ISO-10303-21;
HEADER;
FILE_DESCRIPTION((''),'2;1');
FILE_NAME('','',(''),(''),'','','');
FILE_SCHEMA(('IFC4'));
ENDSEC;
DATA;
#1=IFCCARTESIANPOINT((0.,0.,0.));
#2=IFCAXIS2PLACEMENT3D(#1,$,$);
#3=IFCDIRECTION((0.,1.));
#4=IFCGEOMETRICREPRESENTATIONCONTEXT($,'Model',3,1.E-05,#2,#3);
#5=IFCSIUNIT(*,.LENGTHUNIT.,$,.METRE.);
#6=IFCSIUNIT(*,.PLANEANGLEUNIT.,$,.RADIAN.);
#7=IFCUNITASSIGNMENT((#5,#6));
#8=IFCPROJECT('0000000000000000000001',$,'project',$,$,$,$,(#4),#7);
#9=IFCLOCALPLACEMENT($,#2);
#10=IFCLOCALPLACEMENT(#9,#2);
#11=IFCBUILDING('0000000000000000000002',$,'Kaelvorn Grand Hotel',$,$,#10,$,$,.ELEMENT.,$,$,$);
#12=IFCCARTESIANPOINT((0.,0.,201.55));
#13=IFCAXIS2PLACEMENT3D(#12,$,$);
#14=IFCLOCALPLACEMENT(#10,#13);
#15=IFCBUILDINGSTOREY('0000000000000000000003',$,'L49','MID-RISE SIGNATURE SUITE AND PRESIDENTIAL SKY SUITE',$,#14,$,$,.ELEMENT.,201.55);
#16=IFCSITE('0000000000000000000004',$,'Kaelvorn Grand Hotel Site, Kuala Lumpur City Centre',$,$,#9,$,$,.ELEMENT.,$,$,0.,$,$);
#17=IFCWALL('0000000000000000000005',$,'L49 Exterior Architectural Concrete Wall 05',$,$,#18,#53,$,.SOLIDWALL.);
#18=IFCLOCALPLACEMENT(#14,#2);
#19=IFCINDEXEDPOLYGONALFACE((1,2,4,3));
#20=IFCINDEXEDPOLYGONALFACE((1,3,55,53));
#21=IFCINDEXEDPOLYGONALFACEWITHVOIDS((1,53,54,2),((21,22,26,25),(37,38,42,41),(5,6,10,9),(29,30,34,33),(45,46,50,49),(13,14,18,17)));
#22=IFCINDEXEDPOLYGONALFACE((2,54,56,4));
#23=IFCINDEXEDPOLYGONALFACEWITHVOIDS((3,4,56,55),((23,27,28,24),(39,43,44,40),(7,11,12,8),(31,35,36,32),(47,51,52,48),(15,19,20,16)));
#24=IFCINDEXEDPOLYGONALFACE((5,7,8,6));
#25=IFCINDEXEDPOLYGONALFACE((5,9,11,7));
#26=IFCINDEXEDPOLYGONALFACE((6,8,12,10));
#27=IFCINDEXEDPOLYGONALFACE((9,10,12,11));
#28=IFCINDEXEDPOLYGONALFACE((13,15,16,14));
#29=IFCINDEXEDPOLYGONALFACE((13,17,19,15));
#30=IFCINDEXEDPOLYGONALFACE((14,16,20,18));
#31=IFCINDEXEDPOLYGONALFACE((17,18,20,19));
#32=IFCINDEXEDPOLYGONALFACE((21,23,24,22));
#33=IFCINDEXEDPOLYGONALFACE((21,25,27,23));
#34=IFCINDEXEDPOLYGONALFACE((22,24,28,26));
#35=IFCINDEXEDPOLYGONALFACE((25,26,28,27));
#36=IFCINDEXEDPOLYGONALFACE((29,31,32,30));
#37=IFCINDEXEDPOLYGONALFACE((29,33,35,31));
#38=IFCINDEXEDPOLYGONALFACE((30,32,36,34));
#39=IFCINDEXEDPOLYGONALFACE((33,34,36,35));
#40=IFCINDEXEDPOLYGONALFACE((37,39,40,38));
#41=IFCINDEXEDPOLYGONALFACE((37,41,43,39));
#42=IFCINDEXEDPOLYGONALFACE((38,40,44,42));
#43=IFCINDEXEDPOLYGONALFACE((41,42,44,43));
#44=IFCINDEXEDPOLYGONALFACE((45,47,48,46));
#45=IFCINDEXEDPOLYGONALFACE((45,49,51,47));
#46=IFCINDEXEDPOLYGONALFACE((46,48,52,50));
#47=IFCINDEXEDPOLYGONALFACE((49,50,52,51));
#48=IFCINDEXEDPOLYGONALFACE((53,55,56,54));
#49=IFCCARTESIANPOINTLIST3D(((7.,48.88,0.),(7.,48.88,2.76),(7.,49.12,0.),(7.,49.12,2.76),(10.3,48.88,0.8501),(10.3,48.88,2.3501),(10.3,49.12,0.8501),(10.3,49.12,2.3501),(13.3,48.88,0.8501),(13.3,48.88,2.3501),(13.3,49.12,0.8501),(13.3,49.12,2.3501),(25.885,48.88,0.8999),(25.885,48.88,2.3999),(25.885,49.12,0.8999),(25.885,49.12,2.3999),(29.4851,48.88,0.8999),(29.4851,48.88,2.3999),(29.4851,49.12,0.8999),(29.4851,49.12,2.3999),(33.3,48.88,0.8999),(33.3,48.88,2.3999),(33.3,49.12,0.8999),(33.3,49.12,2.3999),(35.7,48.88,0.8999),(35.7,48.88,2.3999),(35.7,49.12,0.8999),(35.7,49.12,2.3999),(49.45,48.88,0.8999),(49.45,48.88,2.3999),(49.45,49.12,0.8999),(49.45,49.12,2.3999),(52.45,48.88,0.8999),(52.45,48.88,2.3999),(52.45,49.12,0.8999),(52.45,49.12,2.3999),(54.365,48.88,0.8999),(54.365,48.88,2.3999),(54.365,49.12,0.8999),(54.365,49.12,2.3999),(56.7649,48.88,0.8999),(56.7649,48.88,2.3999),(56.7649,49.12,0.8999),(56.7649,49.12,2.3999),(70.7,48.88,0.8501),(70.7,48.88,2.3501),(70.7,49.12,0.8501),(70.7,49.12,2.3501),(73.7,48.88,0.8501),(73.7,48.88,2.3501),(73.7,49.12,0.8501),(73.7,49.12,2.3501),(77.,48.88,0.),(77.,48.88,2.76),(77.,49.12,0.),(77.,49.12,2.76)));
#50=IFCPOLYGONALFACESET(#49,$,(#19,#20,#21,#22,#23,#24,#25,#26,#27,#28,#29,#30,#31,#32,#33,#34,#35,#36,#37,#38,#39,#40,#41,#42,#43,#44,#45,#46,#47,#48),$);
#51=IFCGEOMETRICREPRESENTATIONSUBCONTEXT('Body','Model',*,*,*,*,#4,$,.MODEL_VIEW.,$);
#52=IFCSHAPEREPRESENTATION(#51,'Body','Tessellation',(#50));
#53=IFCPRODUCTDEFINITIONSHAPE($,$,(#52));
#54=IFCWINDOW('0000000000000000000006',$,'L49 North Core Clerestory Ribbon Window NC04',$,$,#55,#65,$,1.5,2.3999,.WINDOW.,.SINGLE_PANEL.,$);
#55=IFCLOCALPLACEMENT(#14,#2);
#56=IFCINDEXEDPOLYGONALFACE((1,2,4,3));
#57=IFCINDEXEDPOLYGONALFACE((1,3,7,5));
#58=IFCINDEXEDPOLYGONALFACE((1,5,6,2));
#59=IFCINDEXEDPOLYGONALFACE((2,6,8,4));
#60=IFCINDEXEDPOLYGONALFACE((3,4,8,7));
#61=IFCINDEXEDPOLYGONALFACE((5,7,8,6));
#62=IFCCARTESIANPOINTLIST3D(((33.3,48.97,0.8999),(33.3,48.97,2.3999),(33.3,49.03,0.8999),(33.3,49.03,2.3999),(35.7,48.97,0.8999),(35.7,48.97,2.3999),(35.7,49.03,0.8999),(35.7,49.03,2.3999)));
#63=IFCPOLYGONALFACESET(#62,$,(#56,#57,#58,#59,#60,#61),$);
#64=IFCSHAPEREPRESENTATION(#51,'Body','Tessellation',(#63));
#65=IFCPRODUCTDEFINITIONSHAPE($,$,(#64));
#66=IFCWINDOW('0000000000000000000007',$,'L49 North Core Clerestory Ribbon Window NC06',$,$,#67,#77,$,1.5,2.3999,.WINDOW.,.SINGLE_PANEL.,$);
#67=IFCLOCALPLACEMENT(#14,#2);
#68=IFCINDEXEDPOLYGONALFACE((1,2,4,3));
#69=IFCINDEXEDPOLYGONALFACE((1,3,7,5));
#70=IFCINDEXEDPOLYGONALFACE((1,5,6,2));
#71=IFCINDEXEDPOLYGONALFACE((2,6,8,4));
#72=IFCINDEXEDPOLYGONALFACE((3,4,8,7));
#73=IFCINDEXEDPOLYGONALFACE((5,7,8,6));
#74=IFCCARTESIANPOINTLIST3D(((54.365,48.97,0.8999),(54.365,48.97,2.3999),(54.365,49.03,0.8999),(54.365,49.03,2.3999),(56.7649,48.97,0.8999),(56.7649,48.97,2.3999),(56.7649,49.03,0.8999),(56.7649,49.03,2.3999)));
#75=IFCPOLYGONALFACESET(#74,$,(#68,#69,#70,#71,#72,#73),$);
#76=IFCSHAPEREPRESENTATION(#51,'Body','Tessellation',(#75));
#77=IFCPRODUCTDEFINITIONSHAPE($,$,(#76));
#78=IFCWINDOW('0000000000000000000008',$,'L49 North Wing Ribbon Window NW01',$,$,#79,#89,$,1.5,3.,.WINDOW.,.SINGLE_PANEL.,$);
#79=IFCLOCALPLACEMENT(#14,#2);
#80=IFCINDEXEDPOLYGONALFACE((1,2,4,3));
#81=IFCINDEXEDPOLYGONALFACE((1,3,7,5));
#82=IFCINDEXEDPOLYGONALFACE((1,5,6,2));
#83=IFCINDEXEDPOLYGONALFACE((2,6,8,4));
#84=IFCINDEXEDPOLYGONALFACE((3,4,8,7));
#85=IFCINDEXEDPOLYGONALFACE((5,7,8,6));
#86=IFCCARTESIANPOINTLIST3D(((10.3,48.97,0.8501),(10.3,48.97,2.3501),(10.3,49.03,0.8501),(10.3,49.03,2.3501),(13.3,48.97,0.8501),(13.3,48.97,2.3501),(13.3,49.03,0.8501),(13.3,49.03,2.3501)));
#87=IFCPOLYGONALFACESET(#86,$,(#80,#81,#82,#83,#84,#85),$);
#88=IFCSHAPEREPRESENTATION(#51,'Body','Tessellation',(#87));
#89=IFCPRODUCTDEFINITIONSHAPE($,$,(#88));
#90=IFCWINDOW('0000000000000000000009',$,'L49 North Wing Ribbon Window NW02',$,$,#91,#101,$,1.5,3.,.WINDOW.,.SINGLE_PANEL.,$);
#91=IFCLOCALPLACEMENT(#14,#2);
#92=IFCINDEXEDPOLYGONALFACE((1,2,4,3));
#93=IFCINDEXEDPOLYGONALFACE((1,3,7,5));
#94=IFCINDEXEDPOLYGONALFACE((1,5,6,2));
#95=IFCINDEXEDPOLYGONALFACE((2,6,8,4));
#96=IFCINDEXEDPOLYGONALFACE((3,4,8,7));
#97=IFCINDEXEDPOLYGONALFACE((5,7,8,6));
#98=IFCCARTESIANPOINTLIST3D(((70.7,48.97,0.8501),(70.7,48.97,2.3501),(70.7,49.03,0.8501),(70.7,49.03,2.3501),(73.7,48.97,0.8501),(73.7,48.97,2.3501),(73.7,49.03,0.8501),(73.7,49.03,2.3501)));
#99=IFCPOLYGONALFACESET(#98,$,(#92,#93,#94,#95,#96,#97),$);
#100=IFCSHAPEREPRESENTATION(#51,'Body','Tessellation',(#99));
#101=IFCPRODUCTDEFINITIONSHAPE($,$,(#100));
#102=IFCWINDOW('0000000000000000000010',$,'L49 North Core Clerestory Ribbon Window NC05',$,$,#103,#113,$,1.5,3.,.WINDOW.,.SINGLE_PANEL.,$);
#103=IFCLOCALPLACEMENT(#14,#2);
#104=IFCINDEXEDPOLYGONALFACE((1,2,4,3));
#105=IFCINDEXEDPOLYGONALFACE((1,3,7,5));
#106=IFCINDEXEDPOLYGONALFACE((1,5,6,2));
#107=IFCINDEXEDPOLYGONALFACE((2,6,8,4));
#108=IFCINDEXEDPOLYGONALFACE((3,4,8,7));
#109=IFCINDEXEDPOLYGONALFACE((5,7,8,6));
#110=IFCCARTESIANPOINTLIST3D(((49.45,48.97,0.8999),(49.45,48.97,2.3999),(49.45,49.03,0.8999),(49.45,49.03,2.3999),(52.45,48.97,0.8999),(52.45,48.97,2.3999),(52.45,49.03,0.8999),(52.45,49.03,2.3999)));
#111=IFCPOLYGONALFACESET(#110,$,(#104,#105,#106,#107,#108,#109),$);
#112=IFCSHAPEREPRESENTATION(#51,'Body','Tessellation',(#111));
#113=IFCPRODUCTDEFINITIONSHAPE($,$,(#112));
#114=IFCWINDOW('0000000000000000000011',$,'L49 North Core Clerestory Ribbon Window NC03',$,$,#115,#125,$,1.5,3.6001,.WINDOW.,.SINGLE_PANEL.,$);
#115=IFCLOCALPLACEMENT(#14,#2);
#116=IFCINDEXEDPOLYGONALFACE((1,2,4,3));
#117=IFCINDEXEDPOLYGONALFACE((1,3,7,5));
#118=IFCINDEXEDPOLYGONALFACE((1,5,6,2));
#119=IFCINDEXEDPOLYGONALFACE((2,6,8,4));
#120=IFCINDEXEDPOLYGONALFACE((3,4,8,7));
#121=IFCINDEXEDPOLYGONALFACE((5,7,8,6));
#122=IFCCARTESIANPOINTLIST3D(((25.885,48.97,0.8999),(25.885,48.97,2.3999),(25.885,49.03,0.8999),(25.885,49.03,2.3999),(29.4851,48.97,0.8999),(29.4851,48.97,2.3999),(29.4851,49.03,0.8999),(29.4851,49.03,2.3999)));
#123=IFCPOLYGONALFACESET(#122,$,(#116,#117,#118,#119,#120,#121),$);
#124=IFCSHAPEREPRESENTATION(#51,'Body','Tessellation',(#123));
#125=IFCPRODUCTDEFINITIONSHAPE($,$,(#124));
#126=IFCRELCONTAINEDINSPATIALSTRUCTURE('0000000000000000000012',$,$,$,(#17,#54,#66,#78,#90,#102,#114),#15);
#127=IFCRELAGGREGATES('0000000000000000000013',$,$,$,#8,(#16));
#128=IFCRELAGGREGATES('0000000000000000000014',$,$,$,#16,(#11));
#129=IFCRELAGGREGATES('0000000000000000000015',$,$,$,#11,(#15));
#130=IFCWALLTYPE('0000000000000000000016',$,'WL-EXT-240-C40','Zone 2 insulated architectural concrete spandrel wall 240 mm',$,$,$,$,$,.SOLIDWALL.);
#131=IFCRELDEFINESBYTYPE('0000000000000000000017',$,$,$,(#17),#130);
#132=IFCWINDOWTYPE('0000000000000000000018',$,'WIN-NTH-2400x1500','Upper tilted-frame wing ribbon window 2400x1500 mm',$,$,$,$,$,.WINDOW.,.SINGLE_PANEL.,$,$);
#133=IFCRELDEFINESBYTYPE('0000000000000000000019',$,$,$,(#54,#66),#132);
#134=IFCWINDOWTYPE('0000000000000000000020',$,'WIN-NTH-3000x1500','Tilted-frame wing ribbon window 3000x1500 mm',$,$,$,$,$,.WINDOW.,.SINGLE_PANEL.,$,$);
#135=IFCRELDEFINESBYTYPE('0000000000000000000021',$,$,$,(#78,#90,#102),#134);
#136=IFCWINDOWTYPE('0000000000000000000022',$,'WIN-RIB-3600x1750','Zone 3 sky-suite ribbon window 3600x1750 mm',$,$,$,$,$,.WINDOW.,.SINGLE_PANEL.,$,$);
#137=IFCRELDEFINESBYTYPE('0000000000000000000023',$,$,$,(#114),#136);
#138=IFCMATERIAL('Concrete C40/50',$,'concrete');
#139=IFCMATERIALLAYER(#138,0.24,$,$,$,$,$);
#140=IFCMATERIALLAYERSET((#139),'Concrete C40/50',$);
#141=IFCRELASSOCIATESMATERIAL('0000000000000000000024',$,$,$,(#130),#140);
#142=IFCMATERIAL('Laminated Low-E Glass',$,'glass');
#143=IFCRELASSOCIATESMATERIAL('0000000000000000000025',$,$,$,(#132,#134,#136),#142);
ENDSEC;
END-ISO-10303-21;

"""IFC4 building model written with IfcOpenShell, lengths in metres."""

from ifc_helpers import new_model, si_unit, direction, frame, frame_2d, origin, place, context, subcontext, project, spatial, rectangle, extrude, material, layer, layer_set, type_object, element, fill, save


model = new_model("IFC4")

# Units and contexts
model_context = context("Model", 3, precision=1e-05, world=origin(), true_north=direction((0.0, 1.0)))
body_context = subcontext(model_context, "Body", "Model", "MODEL_VIEW")
ifc_project = project(units=[si_unit("LENGTHUNIT", "METRE"), si_unit("PLANEANGLEUNIT", "RADIAN")], contexts=[model_context])

# Site, building, storey
site_placement = place(None, origin())
site = spatial("IfcSite", under=ifc_project, at=site_placement, Name="Kaelvorn Grand Hotel Site, Kuala Lumpur City Centre", CompositionType="ELEMENT", RefElevation=0.0)
building_placement = place(site_placement, origin())
building = spatial("IfcBuilding", under=site, at=building_placement, Name="Kaelvorn Grand Hotel", CompositionType="ELEMENT")
storey_placement = place(building_placement, frame((0.0, 0.0, 201.55)))
storey = spatial("IfcBuildingStorey", under=building, at=storey_placement, Name="L49", Description="MID-RISE SIGNATURE SUITE AND PRESIDENTIAL SKY SUITE", CompositionType="ELEMENT", Elevation=201.55)

# Shared definitions
ifc_material_1 = material(Name="Concrete C40/50", Category="concrete")
ifc_layer_1 = layer(ifc_material_1, 0.24)
ifc_layer_set_1 = layer_set([ifc_layer_1], Name="Concrete C40/50")
wall_type = type_object("IfcWallType", Name="WL-EXT-240-C40", Description="Zone 2 insulated architectural concrete spandrel wall 240 mm", PredefinedType="SOLIDWALL", material=ifc_layer_set_1)
ifc_material_2 = material(Name="Laminated Low-E Glass", Category="glass")

# Wall, openings, windows
wall_1_placement = place(storey_placement, frame((77.0, 49.0, 0.0), z_axis=(0.0, 0.0, 1.0), x_axis=(-1.0, 0.0, 0.0)))
wall_1 = element("IfcWall", 1, at=wall_1_placement, inside=storey, type_object=wall_type, Name="L49 Exterior Architectural Concrete Wall 05", PredefinedType="SOLIDWALL", context=body_context, shape_type="SweptSolid", body=[
    extrude(rectangle(XDim=70.0, YDim=0.24, at=frame_2d((35.0, 0.0))), origin(), (0.0, 0.0, 1.0), 2.76),
])
opening_1_placement = place(wall_1_placement, frame((63.7, 0.0, 0.8501)))
opening_1 = element("IfcOpeningElement", 2, at=opening_1_placement, cuts=wall_1, PredefinedType="OPENING", context=body_context, shape_type="SweptSolid", body=[
    extrude(rectangle(XDim=3.0, YDim=1.5, at=frame_2d((1.5, 0.75))), frame((0.0, 0.1299, 0.0), z_axis=(0.0, -1.0, 0.0), x_axis=(1.0, 0.0, 0.0)), (0.0, 0.0, 1.0), 0.26),
])
opening_2_placement = place(wall_1_placement, frame((3.3, 0.0, 0.8501)))
opening_2 = element("IfcOpeningElement", 3, at=opening_2_placement, cuts=wall_1, PredefinedType="OPENING", context=body_context, shape_type="SweptSolid", body=[
    extrude(rectangle(XDim=3.0, YDim=1.5, at=frame_2d((1.5, 0.75))), frame((0.0, 0.1299, 0.0), z_axis=(0.0, -1.0, 0.0), x_axis=(1.0, 0.0, 0.0)), (0.0, 0.0, 1.0), 0.26),
])
opening_3_placement = place(wall_1_placement, frame((47.5149, 0.0, 0.8999)))
opening_3 = element("IfcOpeningElement", 4, at=opening_3_placement, cuts=wall_1, PredefinedType="OPENING", context=body_context, shape_type="SweptSolid", body=[
    extrude(rectangle(XDim=3.6001, YDim=1.5, at=frame_2d((1.8, 0.75))), frame((0.0, 0.1299, 0.0), z_axis=(0.0, -1.0, 0.0), x_axis=(1.0, 0.0, 0.0)), (0.0, 0.0, 1.0), 0.26),
])
opening_4_placement = place(wall_1_placement, frame((41.3, 0.0, 0.8999)))
opening_4 = element("IfcOpeningElement", 5, at=opening_4_placement, cuts=wall_1, PredefinedType="OPENING", context=body_context, shape_type="SweptSolid", body=[
    extrude(rectangle(XDim=2.3999, YDim=1.5, at=frame_2d((1.2, 0.75))), frame((0.0, 0.1299, 0.0), z_axis=(0.0, -1.0, 0.0), x_axis=(1.0, 0.0, 0.0)), (0.0, 0.0, 1.0), 0.26),
])
opening_5_placement = place(wall_1_placement, frame((24.55, 0.0, 0.8999)))
opening_5 = element("IfcOpeningElement", 6, at=opening_5_placement, cuts=wall_1, PredefinedType="OPENING", context=body_context, shape_type="SweptSolid", body=[
    extrude(rectangle(XDim=3.0, YDim=1.5, at=frame_2d((1.5, 0.75))), frame((0.0, 0.1299, 0.0), z_axis=(0.0, -1.0, 0.0), x_axis=(1.0, 0.0, 0.0)), (0.0, 0.0, 1.0), 0.26),
])
opening_6_placement = place(wall_1_placement, frame((20.2351, 0.0, 0.8999)))
opening_6 = element("IfcOpeningElement", 7, at=opening_6_placement, cuts=wall_1, PredefinedType="OPENING", context=body_context, shape_type="SweptSolid", body=[
    extrude(rectangle(XDim=2.3999, YDim=1.5, at=frame_2d((1.2, 0.75))), frame((0.0, 0.1299, 0.0), z_axis=(0.0, -1.0, 0.0), x_axis=(1.0, 0.0, 0.0)), (0.0, 0.0, 1.0), 0.26),
])
window_type_1 = type_object("IfcWindowType", Name="WIN-NTH-2400x1500", Description="Upper tilted-frame wing ribbon window 2400x1500 mm", PartitioningType="SINGLE_PANEL", PredefinedType="WINDOW", material=ifc_material_2)
window_1_placement = place(opening_4_placement, origin())
window_1 = element("IfcWindow", 8, at=window_1_placement, inside=storey, type_object=window_type_1, Name="L49 North Core Clerestory Ribbon Window NC04", OverallHeight=1.5, OverallWidth=2.3999, PartitioningType="SINGLE_PANEL", PredefinedType="WINDOW", context=body_context, shape_type="SweptSolid", body=[
    extrude(rectangle(XDim=2.3999, YDim=1.5, at=frame_2d((1.2, 0.75))), frame((0.0, 0.03, 0.0), z_axis=(0.0, -1.0, 0.0), x_axis=(1.0, 0.0, 0.0)), (0.0, 0.0, 1.0), 0.0601),
])
fill(opening_4, window_1)
window_2_placement = place(opening_6_placement, origin())
window_2 = element("IfcWindow", 9, at=window_2_placement, inside=storey, type_object=window_type_1, Name="L49 North Core Clerestory Ribbon Window NC06", OverallHeight=1.5, OverallWidth=2.3999, PartitioningType="SINGLE_PANEL", PredefinedType="WINDOW", context=body_context, shape_type="SweptSolid", body=[
    extrude(rectangle(XDim=2.3999, YDim=1.5, at=frame_2d((1.2, 0.75))), frame((0.0, 0.03, 0.0), z_axis=(0.0, -1.0, 0.0), x_axis=(1.0, 0.0, 0.0)), (0.0, 0.0, 1.0), 0.0601),
])
fill(opening_6, window_2)
window_type_2 = type_object("IfcWindowType", Name="WIN-NTH-3000x1500", Description="Tilted-frame wing ribbon window 3000x1500 mm", PartitioningType="SINGLE_PANEL", PredefinedType="WINDOW", material=ifc_material_2)
window_3_placement = place(opening_1_placement, origin())
window_3 = element("IfcWindow", 10, at=window_3_placement, inside=storey, type_object=window_type_2, Name="L49 North Wing Ribbon Window NW01", OverallHeight=1.5, OverallWidth=3.0, PartitioningType="SINGLE_PANEL", PredefinedType="WINDOW", context=body_context, shape_type="SweptSolid", body=[
    extrude(rectangle(XDim=3.0, YDim=1.5, at=frame_2d((1.5, 0.75))), frame((0.0, 0.03, 0.0), z_axis=(0.0, -1.0, 0.0), x_axis=(1.0, 0.0, 0.0)), (0.0, 0.0, 1.0), 0.0601),
])
fill(opening_1, window_3)
window_4_placement = place(opening_2_placement, origin())
window_4 = element("IfcWindow", 11, at=window_4_placement, inside=storey, type_object=window_type_2, Name="L49 North Wing Ribbon Window NW02", OverallHeight=1.5, OverallWidth=3.0, PartitioningType="SINGLE_PANEL", PredefinedType="WINDOW", context=body_context, shape_type="SweptSolid", body=[
    extrude(rectangle(XDim=3.0, YDim=1.5, at=frame_2d((1.5, 0.75))), frame((0.0, 0.03, 0.0), z_axis=(0.0, -1.0, 0.0), x_axis=(1.0, 0.0, 0.0)), (0.0, 0.0, 1.0), 0.0601),
])
fill(opening_2, window_4)
window_5_placement = place(opening_5_placement, origin())
window_5 = element("IfcWindow", 12, at=window_5_placement, inside=storey, type_object=window_type_2, Name="L49 North Core Clerestory Ribbon Window NC05", OverallHeight=1.5, OverallWidth=3.0, PartitioningType="SINGLE_PANEL", PredefinedType="WINDOW", context=body_context, shape_type="SweptSolid", body=[
    extrude(rectangle(XDim=3.0, YDim=1.5, at=frame_2d((1.5, 0.75))), frame((0.0, 0.03, 0.0), z_axis=(0.0, -1.0, 0.0), x_axis=(1.0, 0.0, 0.0)), (0.0, 0.0, 1.0), 0.0601),
])
fill(opening_5, window_5)
window_type_3 = type_object("IfcWindowType", Name="WIN-RIB-3600x1750", Description="Zone 3 sky-suite ribbon window 3600x1750 mm", PartitioningType="SINGLE_PANEL", PredefinedType="WINDOW", material=ifc_material_2)
window_6_placement = place(opening_3_placement, origin())
window_6 = element("IfcWindow", 13, at=window_6_placement, inside=storey, type_object=window_type_3, Name="L49 North Core Clerestory Ribbon Window NC03", OverallHeight=1.5, OverallWidth=3.6001, PartitioningType="SINGLE_PANEL", PredefinedType="WINDOW", context=body_context, shape_type="SweptSolid", body=[
    extrude(rectangle(XDim=3.6001, YDim=1.5, at=frame_2d((1.8, 0.75))), frame((0.0, 0.03, 0.0), z_axis=(0.0, -1.0, 0.0), x_axis=(1.0, 0.0, 0.0)), (0.0, 0.0, 1.0), 0.0601),
])
fill(opening_3, window_6)

save(model, "model.ifc")
